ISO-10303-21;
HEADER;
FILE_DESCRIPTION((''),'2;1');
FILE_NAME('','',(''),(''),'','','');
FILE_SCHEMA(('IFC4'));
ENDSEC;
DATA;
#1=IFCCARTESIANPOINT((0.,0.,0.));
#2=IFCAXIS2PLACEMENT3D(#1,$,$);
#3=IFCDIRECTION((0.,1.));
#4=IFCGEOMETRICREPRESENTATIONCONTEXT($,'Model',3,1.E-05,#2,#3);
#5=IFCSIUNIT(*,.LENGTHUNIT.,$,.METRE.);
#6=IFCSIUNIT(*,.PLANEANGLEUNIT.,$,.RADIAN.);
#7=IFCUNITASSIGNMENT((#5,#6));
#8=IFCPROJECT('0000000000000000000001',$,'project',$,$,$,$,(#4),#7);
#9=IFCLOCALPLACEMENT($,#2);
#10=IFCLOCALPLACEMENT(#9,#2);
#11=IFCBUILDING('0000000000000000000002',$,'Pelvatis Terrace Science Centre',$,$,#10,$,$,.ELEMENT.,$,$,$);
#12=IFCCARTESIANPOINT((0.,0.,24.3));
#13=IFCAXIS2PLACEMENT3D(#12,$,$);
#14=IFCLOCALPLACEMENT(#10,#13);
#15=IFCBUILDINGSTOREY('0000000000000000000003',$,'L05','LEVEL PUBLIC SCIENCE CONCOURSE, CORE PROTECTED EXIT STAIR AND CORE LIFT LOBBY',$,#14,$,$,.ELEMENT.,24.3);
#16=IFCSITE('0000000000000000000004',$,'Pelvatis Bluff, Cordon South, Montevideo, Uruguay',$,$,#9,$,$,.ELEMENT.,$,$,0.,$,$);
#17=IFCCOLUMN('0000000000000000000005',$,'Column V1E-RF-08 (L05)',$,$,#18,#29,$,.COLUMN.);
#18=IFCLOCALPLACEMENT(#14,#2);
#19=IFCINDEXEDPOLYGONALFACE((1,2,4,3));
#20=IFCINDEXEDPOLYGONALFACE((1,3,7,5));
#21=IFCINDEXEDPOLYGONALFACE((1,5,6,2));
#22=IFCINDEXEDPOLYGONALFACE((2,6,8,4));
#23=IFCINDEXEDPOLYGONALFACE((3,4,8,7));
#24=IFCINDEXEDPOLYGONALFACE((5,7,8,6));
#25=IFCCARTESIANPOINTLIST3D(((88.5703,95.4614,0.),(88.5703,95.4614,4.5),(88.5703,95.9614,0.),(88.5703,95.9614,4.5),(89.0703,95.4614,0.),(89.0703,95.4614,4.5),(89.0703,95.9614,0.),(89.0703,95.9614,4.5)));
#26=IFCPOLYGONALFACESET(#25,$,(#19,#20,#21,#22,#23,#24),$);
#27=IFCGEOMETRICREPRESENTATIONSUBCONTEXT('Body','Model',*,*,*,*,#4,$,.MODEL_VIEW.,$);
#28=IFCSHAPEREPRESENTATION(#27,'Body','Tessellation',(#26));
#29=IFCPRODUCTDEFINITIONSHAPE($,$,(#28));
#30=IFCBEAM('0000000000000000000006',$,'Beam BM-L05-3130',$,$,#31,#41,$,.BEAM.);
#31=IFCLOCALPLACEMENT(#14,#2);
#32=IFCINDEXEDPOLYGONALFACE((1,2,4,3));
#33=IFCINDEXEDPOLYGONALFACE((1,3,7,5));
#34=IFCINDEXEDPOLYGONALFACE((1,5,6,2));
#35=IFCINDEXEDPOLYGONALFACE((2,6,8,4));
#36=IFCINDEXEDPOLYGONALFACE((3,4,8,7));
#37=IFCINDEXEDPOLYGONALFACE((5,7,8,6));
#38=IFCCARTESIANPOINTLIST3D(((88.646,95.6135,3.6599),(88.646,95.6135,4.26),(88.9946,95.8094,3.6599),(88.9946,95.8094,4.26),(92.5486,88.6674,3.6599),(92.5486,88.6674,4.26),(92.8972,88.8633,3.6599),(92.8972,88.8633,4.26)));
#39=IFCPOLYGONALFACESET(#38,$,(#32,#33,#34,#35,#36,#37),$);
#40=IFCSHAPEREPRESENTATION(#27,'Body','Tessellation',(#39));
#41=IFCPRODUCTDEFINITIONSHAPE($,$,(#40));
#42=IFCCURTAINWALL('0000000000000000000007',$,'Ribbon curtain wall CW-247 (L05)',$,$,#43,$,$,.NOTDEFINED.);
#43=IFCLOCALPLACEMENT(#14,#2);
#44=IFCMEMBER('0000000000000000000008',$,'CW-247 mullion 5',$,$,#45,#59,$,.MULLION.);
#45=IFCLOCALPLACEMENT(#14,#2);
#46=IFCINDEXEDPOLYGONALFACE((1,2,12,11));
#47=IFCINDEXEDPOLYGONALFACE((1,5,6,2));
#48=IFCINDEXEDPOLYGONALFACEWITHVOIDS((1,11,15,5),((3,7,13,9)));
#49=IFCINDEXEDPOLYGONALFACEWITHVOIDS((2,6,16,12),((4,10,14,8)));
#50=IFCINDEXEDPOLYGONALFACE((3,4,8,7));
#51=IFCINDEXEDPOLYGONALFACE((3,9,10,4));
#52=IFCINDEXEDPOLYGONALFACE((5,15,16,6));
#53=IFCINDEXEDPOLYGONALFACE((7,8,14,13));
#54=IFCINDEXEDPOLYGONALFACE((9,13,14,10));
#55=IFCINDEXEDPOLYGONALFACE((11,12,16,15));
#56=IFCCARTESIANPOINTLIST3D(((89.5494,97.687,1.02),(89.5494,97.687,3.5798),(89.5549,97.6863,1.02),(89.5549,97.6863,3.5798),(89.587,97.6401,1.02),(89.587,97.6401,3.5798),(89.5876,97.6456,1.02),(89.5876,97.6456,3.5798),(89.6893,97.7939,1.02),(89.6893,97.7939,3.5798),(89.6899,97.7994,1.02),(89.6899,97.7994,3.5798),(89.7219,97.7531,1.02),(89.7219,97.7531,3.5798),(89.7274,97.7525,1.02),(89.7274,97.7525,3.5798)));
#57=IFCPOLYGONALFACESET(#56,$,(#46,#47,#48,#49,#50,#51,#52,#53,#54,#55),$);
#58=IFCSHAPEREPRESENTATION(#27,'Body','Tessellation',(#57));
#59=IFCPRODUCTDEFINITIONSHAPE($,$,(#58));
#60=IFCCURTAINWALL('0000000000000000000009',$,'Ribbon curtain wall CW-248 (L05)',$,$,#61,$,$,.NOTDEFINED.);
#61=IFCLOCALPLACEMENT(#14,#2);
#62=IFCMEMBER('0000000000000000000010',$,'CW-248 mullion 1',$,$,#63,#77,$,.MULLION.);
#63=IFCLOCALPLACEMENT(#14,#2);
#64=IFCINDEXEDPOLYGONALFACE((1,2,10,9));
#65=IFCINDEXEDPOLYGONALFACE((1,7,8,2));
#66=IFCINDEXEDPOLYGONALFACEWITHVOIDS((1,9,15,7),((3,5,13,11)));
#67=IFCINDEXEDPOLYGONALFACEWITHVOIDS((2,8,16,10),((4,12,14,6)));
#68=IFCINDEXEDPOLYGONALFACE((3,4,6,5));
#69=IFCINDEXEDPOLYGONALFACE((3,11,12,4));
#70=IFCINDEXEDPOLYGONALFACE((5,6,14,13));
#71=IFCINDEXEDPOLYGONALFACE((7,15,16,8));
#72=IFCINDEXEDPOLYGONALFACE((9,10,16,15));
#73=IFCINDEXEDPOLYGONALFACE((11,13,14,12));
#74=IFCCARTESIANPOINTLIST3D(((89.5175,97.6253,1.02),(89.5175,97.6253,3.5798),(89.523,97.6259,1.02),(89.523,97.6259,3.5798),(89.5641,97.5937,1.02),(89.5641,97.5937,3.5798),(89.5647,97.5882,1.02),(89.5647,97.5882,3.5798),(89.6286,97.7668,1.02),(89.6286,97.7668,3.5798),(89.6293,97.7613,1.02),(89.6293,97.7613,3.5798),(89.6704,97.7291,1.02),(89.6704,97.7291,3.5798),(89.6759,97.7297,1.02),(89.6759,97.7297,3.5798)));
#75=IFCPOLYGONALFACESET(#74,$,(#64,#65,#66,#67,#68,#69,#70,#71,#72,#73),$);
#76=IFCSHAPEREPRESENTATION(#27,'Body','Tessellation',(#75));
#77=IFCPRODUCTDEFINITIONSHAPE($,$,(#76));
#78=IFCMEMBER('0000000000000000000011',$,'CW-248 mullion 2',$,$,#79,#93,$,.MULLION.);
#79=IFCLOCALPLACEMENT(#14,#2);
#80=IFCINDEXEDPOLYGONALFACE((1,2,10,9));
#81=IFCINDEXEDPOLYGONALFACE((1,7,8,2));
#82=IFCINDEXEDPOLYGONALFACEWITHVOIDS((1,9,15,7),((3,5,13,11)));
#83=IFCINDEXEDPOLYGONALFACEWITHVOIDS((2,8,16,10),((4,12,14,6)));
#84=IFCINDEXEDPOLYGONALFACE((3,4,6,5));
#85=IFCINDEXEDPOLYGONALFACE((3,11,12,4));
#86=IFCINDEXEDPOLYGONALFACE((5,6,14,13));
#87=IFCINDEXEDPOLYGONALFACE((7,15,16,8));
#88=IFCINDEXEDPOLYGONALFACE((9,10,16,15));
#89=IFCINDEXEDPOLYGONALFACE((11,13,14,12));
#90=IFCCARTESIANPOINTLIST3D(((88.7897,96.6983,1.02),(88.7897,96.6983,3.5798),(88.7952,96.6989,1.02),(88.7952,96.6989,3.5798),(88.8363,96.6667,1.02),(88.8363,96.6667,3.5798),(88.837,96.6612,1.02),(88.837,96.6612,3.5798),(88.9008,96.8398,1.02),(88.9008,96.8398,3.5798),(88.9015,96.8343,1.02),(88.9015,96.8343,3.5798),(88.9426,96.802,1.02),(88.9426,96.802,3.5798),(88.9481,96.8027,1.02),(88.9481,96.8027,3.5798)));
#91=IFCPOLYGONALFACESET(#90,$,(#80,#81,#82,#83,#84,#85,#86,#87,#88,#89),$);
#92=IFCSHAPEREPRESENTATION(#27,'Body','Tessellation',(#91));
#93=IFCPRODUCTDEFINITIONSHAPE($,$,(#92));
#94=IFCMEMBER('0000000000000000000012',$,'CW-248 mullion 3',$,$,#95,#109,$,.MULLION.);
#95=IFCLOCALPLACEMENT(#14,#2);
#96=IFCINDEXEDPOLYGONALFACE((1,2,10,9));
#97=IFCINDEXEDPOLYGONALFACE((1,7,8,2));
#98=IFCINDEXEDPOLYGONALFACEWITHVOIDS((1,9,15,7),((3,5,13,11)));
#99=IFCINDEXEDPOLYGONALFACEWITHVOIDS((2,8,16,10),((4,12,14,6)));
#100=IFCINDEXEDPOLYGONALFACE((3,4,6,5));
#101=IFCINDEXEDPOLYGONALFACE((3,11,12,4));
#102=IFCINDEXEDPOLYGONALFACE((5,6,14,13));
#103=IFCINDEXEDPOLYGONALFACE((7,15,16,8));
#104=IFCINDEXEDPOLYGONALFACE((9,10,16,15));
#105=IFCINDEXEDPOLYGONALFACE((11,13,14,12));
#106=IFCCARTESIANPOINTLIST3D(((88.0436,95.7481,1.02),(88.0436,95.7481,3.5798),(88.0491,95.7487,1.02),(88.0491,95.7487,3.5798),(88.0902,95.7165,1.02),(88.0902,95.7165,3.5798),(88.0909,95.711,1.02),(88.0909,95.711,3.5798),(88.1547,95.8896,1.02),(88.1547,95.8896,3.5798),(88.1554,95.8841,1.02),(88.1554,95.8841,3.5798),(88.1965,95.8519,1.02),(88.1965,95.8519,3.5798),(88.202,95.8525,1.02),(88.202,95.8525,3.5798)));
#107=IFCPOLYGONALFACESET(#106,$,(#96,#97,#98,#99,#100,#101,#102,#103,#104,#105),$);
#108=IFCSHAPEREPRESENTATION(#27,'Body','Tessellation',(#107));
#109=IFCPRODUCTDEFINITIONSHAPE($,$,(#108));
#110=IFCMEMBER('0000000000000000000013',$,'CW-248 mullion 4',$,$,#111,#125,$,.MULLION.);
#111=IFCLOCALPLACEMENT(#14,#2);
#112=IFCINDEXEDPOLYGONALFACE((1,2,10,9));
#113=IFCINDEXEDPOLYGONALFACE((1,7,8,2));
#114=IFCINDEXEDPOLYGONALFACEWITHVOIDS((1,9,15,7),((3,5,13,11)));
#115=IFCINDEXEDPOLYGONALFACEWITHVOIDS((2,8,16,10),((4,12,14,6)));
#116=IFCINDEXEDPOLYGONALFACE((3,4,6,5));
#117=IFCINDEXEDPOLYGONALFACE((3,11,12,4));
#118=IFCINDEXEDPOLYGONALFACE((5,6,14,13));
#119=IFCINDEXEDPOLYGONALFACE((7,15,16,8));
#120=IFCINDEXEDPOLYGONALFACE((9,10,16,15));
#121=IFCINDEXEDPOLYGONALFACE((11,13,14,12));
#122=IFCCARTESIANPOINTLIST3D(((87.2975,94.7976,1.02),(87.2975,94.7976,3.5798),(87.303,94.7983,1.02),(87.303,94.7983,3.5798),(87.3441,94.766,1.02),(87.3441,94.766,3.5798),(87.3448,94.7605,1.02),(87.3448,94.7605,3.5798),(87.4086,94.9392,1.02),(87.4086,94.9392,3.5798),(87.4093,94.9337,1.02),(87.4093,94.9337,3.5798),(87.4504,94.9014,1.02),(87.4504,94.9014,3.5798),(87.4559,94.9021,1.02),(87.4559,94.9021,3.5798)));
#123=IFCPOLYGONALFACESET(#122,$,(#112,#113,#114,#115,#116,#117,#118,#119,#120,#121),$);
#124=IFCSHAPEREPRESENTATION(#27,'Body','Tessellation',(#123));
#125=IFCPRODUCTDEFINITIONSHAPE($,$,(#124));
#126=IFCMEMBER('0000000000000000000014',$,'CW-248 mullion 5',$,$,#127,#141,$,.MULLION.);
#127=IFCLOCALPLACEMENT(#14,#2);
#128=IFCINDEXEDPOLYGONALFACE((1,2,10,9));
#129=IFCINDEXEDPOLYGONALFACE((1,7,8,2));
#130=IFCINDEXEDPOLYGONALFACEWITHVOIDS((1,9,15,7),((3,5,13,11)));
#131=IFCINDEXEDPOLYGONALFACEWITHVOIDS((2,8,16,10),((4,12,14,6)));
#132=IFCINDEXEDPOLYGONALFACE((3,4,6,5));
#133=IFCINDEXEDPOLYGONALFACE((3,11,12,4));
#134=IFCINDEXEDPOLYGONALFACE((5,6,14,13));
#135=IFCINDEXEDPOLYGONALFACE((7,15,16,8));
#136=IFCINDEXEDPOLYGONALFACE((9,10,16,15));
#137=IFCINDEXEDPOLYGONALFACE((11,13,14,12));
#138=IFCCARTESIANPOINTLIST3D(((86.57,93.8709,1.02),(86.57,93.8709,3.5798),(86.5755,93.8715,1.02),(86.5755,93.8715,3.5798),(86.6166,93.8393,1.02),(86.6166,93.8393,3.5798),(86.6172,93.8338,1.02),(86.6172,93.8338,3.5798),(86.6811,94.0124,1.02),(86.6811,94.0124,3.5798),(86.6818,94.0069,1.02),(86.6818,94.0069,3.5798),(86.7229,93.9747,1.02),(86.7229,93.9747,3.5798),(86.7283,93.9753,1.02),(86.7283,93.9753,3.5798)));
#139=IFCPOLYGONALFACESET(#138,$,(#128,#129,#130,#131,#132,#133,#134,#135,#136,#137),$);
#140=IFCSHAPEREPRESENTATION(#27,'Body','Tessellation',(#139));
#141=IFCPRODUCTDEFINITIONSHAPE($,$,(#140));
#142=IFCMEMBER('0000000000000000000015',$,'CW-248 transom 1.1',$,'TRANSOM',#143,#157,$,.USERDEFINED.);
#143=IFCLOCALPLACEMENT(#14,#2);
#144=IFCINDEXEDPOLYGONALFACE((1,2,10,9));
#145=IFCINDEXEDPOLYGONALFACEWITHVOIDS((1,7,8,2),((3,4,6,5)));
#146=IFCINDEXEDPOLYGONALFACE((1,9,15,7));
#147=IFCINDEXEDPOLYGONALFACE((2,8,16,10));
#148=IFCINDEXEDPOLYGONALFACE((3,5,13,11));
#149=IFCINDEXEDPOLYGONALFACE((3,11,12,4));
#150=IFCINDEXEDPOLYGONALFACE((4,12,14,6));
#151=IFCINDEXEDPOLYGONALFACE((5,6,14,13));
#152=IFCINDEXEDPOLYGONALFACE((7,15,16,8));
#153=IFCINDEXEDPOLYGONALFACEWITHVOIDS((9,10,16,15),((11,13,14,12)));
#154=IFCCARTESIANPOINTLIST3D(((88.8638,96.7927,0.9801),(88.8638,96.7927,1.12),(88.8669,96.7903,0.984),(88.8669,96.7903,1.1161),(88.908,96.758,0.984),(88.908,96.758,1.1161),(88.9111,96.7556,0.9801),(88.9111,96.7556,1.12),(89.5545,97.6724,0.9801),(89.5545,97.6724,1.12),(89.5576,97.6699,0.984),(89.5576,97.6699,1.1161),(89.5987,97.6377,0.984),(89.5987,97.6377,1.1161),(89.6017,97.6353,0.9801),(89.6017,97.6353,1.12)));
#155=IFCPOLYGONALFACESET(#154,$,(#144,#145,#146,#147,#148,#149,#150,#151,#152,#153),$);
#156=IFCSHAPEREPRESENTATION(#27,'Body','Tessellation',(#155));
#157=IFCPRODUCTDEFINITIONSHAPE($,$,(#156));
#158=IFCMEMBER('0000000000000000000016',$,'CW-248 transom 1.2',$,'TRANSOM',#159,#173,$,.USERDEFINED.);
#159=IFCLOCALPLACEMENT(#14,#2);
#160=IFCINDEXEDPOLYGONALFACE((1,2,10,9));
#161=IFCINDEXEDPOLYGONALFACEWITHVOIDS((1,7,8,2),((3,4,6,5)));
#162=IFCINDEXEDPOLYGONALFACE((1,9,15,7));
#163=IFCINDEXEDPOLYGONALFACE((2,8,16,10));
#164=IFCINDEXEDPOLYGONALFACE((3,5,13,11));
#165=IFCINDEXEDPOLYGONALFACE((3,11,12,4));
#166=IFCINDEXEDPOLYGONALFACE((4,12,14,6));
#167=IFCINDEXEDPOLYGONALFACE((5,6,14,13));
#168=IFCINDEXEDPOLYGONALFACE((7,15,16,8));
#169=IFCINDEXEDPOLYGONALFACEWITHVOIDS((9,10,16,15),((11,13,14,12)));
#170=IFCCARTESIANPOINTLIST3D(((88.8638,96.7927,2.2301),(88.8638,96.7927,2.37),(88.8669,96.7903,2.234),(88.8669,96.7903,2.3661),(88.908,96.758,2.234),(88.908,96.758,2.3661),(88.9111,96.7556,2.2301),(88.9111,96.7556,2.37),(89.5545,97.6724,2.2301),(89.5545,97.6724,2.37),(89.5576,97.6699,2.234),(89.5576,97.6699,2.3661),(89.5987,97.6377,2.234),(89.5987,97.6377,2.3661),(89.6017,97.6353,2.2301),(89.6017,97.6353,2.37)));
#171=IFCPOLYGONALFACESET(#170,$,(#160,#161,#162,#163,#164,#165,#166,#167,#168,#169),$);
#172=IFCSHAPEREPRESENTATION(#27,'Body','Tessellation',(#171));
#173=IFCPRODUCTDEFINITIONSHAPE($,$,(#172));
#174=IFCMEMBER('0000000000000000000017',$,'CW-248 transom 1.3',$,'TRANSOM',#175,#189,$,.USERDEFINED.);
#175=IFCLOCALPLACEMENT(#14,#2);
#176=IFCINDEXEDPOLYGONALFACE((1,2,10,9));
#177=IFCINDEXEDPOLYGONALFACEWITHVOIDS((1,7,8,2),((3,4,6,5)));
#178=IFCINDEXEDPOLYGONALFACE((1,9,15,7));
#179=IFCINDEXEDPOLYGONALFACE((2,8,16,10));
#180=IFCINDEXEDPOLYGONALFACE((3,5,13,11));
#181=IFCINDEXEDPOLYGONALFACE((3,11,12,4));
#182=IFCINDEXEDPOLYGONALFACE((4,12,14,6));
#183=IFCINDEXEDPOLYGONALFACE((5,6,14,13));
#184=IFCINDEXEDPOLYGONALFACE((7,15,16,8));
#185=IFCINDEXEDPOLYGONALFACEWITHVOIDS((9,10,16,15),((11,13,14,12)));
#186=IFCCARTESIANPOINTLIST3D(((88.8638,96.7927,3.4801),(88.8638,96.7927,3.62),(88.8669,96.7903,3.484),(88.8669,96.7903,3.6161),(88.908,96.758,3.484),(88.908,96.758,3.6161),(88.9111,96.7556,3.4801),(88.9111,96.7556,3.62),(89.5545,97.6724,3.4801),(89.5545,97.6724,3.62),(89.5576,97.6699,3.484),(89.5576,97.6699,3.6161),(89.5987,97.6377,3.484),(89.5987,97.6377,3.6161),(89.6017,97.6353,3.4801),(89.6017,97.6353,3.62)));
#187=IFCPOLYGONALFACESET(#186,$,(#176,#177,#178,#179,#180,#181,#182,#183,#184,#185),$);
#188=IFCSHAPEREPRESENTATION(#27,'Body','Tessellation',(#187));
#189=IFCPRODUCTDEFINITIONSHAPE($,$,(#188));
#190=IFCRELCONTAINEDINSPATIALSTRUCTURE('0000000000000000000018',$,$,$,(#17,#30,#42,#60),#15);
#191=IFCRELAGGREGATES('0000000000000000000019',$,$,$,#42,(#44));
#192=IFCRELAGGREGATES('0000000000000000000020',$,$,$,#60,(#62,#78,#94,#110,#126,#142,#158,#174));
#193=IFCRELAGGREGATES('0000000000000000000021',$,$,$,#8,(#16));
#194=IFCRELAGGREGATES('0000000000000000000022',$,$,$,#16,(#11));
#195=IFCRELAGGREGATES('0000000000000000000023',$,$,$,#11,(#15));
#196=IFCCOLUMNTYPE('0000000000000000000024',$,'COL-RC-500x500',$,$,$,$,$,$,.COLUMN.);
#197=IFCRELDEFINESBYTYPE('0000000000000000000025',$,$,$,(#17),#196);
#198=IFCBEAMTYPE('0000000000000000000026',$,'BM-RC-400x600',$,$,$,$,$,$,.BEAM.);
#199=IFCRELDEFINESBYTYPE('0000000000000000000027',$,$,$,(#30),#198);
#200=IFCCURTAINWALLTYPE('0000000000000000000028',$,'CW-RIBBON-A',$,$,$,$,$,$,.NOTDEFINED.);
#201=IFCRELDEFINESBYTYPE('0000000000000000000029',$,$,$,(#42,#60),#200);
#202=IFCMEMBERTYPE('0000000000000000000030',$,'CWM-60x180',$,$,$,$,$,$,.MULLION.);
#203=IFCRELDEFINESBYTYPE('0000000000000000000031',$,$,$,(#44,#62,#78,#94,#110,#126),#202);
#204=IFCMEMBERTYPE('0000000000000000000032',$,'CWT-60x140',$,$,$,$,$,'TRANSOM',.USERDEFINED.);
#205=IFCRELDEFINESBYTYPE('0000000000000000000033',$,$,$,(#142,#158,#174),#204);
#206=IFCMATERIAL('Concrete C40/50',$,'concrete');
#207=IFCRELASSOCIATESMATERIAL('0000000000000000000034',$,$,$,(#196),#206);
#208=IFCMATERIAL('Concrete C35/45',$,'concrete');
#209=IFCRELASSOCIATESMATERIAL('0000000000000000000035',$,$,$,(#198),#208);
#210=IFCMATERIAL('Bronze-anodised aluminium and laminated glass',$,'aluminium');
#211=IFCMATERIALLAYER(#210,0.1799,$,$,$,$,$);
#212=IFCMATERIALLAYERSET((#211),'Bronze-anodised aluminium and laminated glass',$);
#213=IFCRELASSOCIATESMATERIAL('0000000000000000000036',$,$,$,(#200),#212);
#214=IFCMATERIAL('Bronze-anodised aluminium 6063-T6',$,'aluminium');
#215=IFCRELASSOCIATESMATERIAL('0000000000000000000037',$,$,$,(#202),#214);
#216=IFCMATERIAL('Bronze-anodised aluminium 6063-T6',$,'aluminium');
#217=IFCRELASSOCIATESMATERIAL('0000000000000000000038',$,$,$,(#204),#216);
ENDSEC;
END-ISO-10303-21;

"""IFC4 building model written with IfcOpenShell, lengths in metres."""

from ifc_helpers import new_model, si_unit, direction, frame, origin, origin_2d, place, context, subcontext, project, spatial, rectangle, hollow_rectangle, extrude, material, layer, layer_set, material_profile, profile_set, type_object, element, aggregate, save


model = new_model("IFC4")

# Units and contexts
model_context = context("Model", 3, precision=1e-05, world=origin(), true_north=direction((0.0, 1.0)))
body_context = subcontext(model_context, "Body", "Model", "MODEL_VIEW")
ifc_project = project(units=[si_unit("LENGTHUNIT", "METRE"), si_unit("PLANEANGLEUNIT", "RADIAN")], contexts=[model_context])

# Site, building, storey
site_placement = place(None, origin())
site = spatial("IfcSite", under=ifc_project, at=site_placement, Name="Pelvatis Bluff, Cordon South, Montevideo, Uruguay", CompositionType="ELEMENT", RefElevation=0.0)
building_placement = place(site_placement, origin())
building = spatial("IfcBuilding", under=site, at=building_placement, Name="Pelvatis Terrace Science Centre", CompositionType="ELEMENT")
storey_placement = place(building_placement, frame((0.0, 0.0, 24.3)))
storey = spatial("IfcBuildingStorey", under=building, at=storey_placement, Name="L05", Description="LEVEL PUBLIC SCIENCE CONCOURSE, CORE PROTECTED EXIT STAIR AND CORE LIFT LOBBY", CompositionType="ELEMENT", Elevation=24.3)

# Column
ifc_material_1 = material(Name="Concrete C40/50", Category="concrete")
ifc_material_profile_1 = material_profile(ifc_material_1, rectangle(XDim=0.5, YDim=0.5, at=origin_2d()), Name="RC-COL 500x500")
ifc_profile_set_1 = profile_set([ifc_material_profile_1], Name="Concrete C40/50")
column_type = type_object("IfcColumnType", Name="COL-RC-500x500", PredefinedType="COLUMN", material=ifc_profile_set_1)
column_placement = place(storey_placement, frame((88.8203, 95.7114, 0.0), z_axis=(0.0, 0.0, 1.0), x_axis=(1.0, 0.0, 0.0)))
element("IfcColumn", 1, at=column_placement, inside=storey, type_object=column_type, Name="Column V1E-RF-08 (L05)", PredefinedType="COLUMN", context=body_context, shape_type="SweptSolid", body=[
    extrude(rectangle(XDim=0.5, YDim=0.5, at=origin_2d()), origin(), (0.0, 0.0, 1.0), 4.5),
])

# Beam
ifc_material_2 = material(Name="Concrete C35/45", Category="concrete")
ifc_material_profile_2 = material_profile(ifc_material_2, rectangle(XDim=0.3999, YDim=0.6001, at=origin_2d()), Name="RC-BM 400x600")
ifc_profile_set_2 = profile_set([ifc_material_profile_2], Name="Concrete C35/45")
beam_type = type_object("IfcBeamType", Name="BM-RC-400x600", PredefinedType="BEAM", material=ifc_profile_set_2)
beam_placement = place(storey_placement, frame((88.8203, 95.7114, 3.96), z_axis=(0.489826, -0.87182, 0.0), x_axis=(0.87182, 0.489826, 0.0)))
element("IfcBeam", 2, at=beam_placement, inside=storey, type_object=beam_type, Name="Beam BM-L05-3130", PredefinedType="BEAM", context=body_context, shape_type="SweptSolid", body=[
    extrude(rectangle(XDim=0.3999, YDim=0.6001, at=origin_2d()), origin(), (0.0, 0.0, 1.0), 7.9673),
])

# Curtain wall, member
ifc_material_3 = material(Name="Bronze-anodised aluminium and laminated glass", Category="aluminium")
ifc_layer_1 = layer(ifc_material_3, 0.1799)
ifc_layer_set_1 = layer_set([ifc_layer_1], Name="Bronze-anodised aluminium and laminated glass")
curtain_wall_type = type_object("IfcCurtainWallType", Name="CW-RIBBON-A", PredefinedType="NOTDEFINED", material=ifc_layer_set_1)
curtain_wall_1_placement = place(storey_placement, origin())
curtain_wall_1 = element("IfcCurtainWall", 3, at=curtain_wall_1_placement, inside=storey, type_object=curtain_wall_type, Name="Ribbon curtain wall CW-247 (L05)", PredefinedType="NOTDEFINED")
ifc_material_4 = material(Name="Bronze-anodised aluminium 6063-T6", Category="aluminium")
ifc_material_profile_3 = material_profile(ifc_material_4, hollow_rectangle(XDim=0.0601, YDim=0.1799, WallThickness=0.0039, at=origin_2d()), Name="ALU-MUL 60x180")
ifc_profile_set_3 = profile_set([ifc_material_profile_3], Name="Bronze-anodised aluminium 6063-T6")
member_type_1 = type_object("IfcMemberType", Name="CWM-60x180", PredefinedType="MULLION", material=ifc_profile_set_3)
member_1_placement = place(storey_placement, frame((89.6384, 97.7197, 1.02), z_axis=(0.0, 0.0, 1.0), x_axis=(0.624875, -0.780725, 0.0)))
member_1 = element("IfcMember", 4, at=member_1_placement, type_object=member_type_1, Name="CW-247 mullion 5", PredefinedType="MULLION", context=body_context, shape_type="SweptSolid", body=[
    extrude(hollow_rectangle(XDim=0.0601, YDim=0.1799, WallThickness=0.0039, at=origin_2d()), origin(), (0.0, 0.0, 1.0), 2.5598),
])
aggregate(curtain_wall_1, [member_1])

# Curtain wall, members
curtain_wall_2_placement = place(storey_placement, origin())
curtain_wall_2 = element("IfcCurtainWall", 5, at=curtain_wall_2_placement, inside=storey, type_object=curtain_wall_type, Name="Ribbon curtain wall CW-248 (L05)", PredefinedType="NOTDEFINED")
member_2_placement = place(storey_placement, frame((89.5967, 97.6775, 1.02), z_axis=(0.0, 0.0, 1.0), x_axis=(0.786577, -0.617493, 0.0)))
member_2 = element("IfcMember", 6, at=member_2_placement, type_object=member_type_1, Name="CW-248 mullion 1", PredefinedType="MULLION", context=body_context, shape_type="SweptSolid", body=[
    extrude(hollow_rectangle(XDim=0.0601, YDim=0.1799, WallThickness=0.0039, at=origin_2d()), origin(), (0.0, 0.0, 1.0), 2.5598),
])
member_3_placement = place(storey_placement, frame((88.8689, 96.7505, 1.02), z_axis=(0.0, 0.0, 1.0), x_axis=(0.786577, -0.617493, 0.0)))
member_3 = element("IfcMember", 7, at=member_3_placement, type_object=member_type_1, Name="CW-248 mullion 2", PredefinedType="MULLION", context=body_context, shape_type="SweptSolid", body=[
    extrude(hollow_rectangle(XDim=0.0601, YDim=0.1799, WallThickness=0.0039, at=origin_2d()), origin(), (0.0, 0.0, 1.0), 2.5598),
])
member_4_placement = place(storey_placement, frame((88.1228, 95.8003, 1.02), z_axis=(0.0, 0.0, 1.0), x_axis=(0.786577, -0.617493, 0.0)))
member_4 = element("IfcMember", 8, at=member_4_placement, type_object=member_type_1, Name="CW-248 mullion 3", PredefinedType="MULLION", context=body_context, shape_type="SweptSolid", body=[
    extrude(hollow_rectangle(XDim=0.0601, YDim=0.1799, WallThickness=0.0039, at=origin_2d()), origin(), (0.0, 0.0, 1.0), 2.5598),
])
member_5_placement = place(storey_placement, frame((87.3767, 94.8499, 1.02), z_axis=(0.0, 0.0, 1.0), x_axis=(0.786577, -0.617493, 0.0)))
member_5 = element("IfcMember", 9, at=member_5_placement, type_object=member_type_1, Name="CW-248 mullion 4", PredefinedType="MULLION", context=body_context, shape_type="SweptSolid", body=[
    extrude(hollow_rectangle(XDim=0.0601, YDim=0.1799, WallThickness=0.0039, at=origin_2d()), origin(), (0.0, 0.0, 1.0), 2.5598),
])
member_6_placement = place(storey_placement, frame((86.6492, 93.9231, 1.02), z_axis=(0.0, 0.0, 1.0), x_axis=(0.786577, -0.617493, 0.0)))
member_6 = element("IfcMember", 10, at=member_6_placement, type_object=member_type_1, Name="CW-248 mullion 5", PredefinedType="MULLION", context=body_context, shape_type="SweptSolid", body=[
    extrude(hollow_rectangle(XDim=0.0601, YDim=0.1799, WallThickness=0.0039, at=origin_2d()), origin(), (0.0, 0.0, 1.0), 2.5598),
])
ifc_material_5 = material(Name="Bronze-anodised aluminium 6063-T6", Category="aluminium")
ifc_material_profile_4 = material_profile(ifc_material_5, hollow_rectangle(XDim=0.0601, YDim=0.1399, WallThickness=0.0039, at=origin_2d()), Name="ALU-TRN 60x140")
ifc_profile_set_4 = profile_set([ifc_material_profile_4], Name="Bronze-anodised aluminium 6063-T6")
member_type_2 = type_object("IfcMemberType", Name="CWT-60x140", ElementType="TRANSOM", PredefinedType="USERDEFINED", material=ifc_profile_set_4)
member_7_placement = place(storey_placement, frame((89.5781, 97.6538, 1.05), z_axis=(-0.617561, -0.786523, 0.0), x_axis=(0.786523, -0.617561, 0.0)))
member_7 = element("IfcMember", 11, at=member_7_placement, type_object=member_type_2, Name="CW-248 transom 1.1", ObjectType="TRANSOM", PredefinedType="USERDEFINED", context=body_context, shape_type="SweptSolid", body=[
    extrude(hollow_rectangle(XDim=0.0601, YDim=0.1399, WallThickness=0.0039, at=origin_2d()), origin(), (0.0, 0.0, 1.0), 1.1184),
])
member_8_placement = place(storey_placement, frame((89.5781, 97.6538, 2.3), z_axis=(-0.617561, -0.786523, 0.0), x_axis=(0.786523, -0.617561, 0.0)))
member_8 = element("IfcMember", 12, at=member_8_placement, type_object=member_type_2, Name="CW-248 transom 1.2", ObjectType="TRANSOM", PredefinedType="USERDEFINED", context=body_context, shape_type="SweptSolid", body=[
    extrude(hollow_rectangle(XDim=0.0601, YDim=0.1399, WallThickness=0.0039, at=origin_2d()), origin(), (0.0, 0.0, 1.0), 1.1184),
])
member_9_placement = place(storey_placement, frame((89.5781, 97.6538, 3.55), z_axis=(-0.617561, -0.786523, 0.0), x_axis=(0.786523, -0.617561, 0.0)))
member_9 = element("IfcMember", 13, at=member_9_placement, type_object=member_type_2, Name="CW-248 transom 1.3", ObjectType="TRANSOM", PredefinedType="USERDEFINED", context=body_context, shape_type="SweptSolid", body=[
    extrude(hollow_rectangle(XDim=0.0601, YDim=0.1399, WallThickness=0.0039, at=origin_2d()), origin(), (0.0, 0.0, 1.0), 1.1184),
])
aggregate(curtain_wall_2, [member_2, member_3, member_4, member_5, member_6, member_7, member_8, member_9])

save(model, "model.ifc")
